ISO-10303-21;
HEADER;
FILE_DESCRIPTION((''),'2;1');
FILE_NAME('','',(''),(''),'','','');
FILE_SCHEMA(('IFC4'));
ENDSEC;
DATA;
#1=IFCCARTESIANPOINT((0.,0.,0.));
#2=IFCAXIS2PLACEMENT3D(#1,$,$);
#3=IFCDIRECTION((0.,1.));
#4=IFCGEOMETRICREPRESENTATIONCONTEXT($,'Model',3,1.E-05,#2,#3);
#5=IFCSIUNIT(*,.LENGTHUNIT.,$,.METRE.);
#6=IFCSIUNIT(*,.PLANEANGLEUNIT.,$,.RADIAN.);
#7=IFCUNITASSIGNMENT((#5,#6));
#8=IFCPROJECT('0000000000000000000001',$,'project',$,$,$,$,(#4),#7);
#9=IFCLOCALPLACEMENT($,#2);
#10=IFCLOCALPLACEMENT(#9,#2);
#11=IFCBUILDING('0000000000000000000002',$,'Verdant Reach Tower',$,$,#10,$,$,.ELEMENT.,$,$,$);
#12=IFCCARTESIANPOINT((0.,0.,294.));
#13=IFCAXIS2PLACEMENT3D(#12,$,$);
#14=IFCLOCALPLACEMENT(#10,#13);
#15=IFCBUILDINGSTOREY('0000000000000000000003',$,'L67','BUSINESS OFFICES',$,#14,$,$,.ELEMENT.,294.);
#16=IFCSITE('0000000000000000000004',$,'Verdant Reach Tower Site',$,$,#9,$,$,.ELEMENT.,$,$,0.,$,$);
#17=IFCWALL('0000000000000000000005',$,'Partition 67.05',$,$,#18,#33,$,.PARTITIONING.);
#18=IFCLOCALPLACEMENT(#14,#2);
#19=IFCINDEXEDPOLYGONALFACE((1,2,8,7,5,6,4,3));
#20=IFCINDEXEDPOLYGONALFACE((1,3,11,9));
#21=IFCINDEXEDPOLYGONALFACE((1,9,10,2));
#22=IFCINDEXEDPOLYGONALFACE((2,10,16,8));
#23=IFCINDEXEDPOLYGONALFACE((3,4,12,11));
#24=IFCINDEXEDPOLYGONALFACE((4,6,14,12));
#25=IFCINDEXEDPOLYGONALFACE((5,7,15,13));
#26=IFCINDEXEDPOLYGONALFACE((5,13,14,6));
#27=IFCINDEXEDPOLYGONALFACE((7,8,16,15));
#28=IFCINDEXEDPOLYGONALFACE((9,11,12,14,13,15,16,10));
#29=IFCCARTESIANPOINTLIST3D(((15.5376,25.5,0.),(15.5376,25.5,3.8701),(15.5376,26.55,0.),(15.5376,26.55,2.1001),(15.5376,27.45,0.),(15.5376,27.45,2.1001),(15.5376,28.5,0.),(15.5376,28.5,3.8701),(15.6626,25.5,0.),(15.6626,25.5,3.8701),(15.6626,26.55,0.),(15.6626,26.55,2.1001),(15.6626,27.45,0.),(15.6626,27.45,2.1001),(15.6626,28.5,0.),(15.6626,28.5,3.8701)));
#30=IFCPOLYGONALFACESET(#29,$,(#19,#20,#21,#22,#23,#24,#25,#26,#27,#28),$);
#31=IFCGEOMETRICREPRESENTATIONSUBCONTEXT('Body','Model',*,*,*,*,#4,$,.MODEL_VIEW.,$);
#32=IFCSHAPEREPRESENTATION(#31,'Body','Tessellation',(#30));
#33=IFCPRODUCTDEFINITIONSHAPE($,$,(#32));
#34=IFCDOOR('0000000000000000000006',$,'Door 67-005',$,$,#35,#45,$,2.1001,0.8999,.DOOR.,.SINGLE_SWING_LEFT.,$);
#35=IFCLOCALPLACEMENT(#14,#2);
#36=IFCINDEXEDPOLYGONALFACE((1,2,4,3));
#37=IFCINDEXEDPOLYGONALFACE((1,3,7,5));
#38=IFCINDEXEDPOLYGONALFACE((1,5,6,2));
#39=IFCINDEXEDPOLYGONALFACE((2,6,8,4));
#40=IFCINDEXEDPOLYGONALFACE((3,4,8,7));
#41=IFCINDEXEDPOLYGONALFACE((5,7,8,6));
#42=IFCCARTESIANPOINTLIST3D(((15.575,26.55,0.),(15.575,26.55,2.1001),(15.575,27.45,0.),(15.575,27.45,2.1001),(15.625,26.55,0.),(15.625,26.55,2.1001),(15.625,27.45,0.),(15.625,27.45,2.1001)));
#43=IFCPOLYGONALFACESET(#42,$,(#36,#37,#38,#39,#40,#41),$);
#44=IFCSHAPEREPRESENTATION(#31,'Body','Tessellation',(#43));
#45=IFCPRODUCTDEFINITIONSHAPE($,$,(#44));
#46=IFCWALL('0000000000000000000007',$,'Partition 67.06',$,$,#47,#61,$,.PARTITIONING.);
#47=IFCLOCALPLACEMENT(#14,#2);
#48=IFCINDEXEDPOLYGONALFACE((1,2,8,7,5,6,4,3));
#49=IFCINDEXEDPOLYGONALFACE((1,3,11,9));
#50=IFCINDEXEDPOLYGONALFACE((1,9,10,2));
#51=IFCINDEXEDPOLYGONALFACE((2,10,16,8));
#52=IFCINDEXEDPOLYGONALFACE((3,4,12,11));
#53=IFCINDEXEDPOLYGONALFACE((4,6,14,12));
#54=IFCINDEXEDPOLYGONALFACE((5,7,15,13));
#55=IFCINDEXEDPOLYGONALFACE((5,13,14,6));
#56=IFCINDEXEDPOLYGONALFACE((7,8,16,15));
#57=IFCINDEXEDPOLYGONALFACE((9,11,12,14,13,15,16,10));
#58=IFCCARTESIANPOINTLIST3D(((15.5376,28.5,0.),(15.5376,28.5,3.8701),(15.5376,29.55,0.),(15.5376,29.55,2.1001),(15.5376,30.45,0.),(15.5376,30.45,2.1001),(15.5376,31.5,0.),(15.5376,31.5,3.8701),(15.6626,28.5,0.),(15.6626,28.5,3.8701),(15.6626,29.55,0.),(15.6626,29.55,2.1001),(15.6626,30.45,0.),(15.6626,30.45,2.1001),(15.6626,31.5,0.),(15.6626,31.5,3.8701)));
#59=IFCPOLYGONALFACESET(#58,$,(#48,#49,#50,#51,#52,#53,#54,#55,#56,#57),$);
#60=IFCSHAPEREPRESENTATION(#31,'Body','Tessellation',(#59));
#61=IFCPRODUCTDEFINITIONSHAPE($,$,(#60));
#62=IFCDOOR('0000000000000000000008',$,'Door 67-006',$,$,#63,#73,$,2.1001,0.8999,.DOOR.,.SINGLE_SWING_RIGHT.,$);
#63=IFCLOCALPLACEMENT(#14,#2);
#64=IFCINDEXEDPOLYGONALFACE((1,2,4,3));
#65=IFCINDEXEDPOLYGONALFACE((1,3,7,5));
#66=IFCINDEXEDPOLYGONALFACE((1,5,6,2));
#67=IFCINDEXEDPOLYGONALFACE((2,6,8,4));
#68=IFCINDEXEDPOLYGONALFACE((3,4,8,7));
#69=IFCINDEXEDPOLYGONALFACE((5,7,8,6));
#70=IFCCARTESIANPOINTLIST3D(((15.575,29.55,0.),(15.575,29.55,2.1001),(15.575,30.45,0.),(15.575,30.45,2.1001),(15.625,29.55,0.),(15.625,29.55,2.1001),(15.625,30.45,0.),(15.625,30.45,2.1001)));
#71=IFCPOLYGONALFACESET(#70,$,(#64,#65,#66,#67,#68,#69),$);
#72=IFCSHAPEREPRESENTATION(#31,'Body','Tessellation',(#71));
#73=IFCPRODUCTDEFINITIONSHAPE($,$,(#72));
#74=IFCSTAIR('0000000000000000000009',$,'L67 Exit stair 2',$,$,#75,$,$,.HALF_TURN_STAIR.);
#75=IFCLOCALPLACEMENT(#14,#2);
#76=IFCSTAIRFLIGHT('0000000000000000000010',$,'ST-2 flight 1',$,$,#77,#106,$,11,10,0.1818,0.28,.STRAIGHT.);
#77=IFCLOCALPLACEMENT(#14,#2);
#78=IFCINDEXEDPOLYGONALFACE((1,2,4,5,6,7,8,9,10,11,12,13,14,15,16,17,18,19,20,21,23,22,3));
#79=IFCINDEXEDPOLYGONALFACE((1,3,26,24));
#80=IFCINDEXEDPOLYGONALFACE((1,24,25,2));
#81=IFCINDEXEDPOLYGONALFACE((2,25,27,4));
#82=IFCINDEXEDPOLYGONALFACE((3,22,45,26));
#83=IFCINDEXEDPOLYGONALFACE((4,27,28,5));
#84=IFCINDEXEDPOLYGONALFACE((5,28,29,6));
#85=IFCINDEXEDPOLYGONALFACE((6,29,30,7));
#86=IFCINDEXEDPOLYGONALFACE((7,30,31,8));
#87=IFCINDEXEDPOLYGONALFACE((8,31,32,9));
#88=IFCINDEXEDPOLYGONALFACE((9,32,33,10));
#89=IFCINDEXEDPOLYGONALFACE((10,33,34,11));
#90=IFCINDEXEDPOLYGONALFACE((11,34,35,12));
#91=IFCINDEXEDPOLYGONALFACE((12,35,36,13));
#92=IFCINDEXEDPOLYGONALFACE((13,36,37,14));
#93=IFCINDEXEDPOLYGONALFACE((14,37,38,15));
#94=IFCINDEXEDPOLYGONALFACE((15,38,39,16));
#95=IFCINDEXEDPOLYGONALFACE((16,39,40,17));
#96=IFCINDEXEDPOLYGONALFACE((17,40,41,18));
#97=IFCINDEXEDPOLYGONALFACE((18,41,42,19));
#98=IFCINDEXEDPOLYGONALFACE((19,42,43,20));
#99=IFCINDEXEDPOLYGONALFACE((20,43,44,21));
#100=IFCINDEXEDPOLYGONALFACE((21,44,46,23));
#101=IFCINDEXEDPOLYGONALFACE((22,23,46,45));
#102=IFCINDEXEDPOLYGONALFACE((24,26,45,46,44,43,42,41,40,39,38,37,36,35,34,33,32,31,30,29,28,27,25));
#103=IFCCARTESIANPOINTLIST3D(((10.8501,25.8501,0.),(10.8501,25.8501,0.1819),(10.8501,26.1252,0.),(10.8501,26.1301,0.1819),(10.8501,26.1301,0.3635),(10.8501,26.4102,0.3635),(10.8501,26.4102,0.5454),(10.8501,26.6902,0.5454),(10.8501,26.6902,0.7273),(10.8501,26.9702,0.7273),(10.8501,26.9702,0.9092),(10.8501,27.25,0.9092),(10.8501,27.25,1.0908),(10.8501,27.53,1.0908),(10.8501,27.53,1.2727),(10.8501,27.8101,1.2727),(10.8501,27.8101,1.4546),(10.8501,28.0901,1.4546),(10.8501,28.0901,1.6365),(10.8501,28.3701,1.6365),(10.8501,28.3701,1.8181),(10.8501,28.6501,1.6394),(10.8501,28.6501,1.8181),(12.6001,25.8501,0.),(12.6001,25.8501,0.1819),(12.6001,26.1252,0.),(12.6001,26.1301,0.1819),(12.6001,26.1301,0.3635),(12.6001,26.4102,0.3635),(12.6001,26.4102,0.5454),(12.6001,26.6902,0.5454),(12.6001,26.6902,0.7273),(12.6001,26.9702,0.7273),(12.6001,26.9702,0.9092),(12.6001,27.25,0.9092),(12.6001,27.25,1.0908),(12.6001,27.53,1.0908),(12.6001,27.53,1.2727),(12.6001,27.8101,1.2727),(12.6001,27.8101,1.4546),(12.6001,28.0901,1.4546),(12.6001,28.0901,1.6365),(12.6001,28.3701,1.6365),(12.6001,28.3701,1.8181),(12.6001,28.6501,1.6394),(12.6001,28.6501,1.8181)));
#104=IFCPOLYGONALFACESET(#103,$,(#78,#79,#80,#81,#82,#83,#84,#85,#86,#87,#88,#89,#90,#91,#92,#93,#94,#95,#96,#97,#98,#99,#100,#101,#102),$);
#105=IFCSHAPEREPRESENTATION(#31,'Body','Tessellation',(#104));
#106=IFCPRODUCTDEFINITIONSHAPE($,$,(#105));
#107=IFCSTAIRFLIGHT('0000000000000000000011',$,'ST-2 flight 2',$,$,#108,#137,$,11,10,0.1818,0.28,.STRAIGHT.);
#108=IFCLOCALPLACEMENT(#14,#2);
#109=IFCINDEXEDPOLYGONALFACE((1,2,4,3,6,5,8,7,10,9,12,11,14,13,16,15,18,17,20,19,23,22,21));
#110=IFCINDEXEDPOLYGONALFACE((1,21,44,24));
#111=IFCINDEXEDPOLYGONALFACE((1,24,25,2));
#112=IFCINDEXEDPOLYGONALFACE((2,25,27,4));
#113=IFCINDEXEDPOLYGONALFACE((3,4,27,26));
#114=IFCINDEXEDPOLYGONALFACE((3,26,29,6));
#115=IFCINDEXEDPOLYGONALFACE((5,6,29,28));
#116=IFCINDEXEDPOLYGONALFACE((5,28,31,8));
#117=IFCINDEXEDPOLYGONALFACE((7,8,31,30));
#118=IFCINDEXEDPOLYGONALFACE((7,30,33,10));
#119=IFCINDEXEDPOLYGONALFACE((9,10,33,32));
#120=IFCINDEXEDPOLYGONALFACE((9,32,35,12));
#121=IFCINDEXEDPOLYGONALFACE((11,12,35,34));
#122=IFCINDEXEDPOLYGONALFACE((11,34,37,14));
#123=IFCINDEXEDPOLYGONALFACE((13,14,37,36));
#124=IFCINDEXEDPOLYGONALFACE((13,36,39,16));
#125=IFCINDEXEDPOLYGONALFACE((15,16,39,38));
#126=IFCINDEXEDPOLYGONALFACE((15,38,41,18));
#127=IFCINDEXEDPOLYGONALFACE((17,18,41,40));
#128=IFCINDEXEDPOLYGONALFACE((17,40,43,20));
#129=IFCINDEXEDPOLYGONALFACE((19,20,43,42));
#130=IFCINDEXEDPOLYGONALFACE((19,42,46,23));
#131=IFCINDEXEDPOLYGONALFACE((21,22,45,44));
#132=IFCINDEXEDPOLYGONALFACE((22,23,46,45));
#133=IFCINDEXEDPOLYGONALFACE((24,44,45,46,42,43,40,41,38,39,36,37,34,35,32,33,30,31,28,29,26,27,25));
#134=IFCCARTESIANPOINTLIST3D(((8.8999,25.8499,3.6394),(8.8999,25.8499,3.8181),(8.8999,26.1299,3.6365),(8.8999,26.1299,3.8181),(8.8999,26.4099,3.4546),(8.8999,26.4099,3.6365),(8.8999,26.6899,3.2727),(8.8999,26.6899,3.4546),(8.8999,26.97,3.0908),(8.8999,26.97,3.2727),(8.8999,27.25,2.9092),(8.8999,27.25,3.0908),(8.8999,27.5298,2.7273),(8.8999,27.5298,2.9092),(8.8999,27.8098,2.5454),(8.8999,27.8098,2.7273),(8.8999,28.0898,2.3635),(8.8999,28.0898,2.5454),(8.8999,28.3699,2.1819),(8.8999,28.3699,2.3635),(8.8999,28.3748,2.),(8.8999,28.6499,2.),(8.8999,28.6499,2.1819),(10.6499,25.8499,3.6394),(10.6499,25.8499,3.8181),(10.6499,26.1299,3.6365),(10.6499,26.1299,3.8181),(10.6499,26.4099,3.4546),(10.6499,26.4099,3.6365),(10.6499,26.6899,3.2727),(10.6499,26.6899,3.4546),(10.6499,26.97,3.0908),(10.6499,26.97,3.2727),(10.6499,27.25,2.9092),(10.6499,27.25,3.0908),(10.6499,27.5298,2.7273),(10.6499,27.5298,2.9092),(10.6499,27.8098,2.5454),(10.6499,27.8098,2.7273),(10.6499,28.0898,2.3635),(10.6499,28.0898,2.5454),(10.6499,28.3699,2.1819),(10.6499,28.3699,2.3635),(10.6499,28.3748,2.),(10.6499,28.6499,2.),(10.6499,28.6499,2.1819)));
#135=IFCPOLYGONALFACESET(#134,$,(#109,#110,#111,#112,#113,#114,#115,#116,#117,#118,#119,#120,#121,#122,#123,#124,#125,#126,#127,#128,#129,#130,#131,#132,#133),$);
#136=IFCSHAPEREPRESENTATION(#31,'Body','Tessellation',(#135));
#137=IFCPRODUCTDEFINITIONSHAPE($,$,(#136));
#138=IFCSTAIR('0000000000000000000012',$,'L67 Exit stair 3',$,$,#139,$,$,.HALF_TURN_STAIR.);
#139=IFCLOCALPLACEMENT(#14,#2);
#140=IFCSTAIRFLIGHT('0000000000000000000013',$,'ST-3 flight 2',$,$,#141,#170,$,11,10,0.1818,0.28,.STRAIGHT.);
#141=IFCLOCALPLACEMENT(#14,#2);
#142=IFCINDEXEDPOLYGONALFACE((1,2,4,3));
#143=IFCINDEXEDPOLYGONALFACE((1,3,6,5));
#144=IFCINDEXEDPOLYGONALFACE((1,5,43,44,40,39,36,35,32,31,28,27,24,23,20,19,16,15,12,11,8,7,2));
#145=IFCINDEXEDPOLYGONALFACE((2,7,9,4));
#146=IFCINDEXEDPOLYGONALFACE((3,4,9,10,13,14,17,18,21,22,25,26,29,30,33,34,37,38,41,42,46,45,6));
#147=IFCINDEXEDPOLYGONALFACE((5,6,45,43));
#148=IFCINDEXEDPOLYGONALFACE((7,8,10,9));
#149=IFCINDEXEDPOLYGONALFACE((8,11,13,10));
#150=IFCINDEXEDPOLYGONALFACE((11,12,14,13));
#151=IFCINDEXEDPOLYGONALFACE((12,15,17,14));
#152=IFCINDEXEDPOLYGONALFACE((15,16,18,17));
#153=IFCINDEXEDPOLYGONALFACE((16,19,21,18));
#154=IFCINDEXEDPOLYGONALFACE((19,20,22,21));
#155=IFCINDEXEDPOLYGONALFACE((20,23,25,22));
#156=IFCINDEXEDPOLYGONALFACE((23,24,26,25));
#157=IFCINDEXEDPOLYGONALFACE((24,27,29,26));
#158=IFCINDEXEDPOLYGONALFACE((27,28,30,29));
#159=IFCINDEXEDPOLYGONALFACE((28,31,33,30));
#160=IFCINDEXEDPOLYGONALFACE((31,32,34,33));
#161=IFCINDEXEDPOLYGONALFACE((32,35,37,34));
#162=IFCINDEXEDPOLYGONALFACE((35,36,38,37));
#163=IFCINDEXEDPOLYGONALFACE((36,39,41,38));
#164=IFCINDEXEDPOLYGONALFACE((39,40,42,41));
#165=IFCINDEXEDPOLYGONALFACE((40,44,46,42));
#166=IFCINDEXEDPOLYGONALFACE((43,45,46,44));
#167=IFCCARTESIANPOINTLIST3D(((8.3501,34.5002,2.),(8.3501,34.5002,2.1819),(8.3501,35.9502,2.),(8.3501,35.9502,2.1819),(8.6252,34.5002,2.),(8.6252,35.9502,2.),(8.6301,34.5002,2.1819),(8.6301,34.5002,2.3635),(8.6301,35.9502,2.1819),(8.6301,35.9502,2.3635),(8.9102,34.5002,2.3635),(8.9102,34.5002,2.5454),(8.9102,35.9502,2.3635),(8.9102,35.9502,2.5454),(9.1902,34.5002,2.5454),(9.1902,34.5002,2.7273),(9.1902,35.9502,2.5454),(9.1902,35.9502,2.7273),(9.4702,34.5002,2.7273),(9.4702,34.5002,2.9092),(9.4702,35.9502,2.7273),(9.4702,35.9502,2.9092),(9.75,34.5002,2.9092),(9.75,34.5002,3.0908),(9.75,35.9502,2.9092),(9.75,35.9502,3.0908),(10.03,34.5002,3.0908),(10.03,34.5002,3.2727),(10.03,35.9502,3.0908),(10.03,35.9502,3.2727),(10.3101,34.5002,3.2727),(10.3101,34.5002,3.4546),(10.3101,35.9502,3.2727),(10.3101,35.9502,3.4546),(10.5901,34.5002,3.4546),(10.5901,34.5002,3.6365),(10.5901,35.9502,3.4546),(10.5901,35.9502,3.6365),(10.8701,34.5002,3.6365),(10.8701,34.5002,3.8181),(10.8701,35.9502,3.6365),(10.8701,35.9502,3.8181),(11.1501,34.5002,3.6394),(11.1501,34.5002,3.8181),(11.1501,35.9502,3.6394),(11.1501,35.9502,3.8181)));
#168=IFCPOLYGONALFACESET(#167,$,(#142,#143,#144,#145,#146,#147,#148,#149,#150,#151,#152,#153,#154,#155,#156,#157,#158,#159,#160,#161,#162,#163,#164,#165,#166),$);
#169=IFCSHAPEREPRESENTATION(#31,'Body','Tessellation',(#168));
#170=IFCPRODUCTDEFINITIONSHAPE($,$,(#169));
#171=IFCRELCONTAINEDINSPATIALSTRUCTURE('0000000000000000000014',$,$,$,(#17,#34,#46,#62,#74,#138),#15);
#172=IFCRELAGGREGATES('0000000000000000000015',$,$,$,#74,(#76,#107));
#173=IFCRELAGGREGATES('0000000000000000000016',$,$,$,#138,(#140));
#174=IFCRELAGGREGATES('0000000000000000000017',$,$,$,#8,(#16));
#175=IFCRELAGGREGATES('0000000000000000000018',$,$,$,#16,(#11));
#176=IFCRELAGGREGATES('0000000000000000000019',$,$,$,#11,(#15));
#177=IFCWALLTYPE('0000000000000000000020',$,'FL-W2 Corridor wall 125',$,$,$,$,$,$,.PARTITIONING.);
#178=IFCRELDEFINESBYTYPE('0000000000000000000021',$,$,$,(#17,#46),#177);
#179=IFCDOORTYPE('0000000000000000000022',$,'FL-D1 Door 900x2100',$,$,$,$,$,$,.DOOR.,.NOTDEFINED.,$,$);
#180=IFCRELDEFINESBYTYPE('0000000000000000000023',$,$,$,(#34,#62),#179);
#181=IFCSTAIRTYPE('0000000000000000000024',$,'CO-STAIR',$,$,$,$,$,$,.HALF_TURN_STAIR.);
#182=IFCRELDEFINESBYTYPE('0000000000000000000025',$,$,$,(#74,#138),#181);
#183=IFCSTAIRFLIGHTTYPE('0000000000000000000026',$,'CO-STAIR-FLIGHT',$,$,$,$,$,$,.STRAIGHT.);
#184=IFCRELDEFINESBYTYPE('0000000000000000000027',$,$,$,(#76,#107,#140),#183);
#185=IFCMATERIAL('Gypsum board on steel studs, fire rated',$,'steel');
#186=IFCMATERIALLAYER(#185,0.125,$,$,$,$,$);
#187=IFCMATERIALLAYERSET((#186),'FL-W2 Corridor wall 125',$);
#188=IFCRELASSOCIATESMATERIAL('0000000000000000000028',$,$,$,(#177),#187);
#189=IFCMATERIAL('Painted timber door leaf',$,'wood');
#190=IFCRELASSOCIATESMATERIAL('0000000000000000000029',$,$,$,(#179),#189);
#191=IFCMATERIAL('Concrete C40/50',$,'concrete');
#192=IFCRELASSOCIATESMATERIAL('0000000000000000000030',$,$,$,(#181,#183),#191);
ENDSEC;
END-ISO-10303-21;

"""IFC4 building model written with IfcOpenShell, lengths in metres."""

from ifc_helpers import new_model, si_unit, direction, frame, frame_2d, origin, place, context, subcontext, project, spatial, polyline, rectangle, outline, extrude, material, layer, layer_set, type_object, element, fill, aggregate, save


model = new_model("IFC4")

# Units and contexts
model_context = context("Model", 3, precision=1e-05, world=origin(), true_north=direction((0.0, 1.0)))
body_context = subcontext(model_context, "Body", "Model", "MODEL_VIEW")
ifc_project = project(units=[si_unit("LENGTHUNIT", "METRE"), si_unit("PLANEANGLEUNIT", "RADIAN")], contexts=[model_context])

# Site, building, storey
site_placement = place(None, origin())
site = spatial("IfcSite", under=ifc_project, at=site_placement, Name="Verdant Reach Tower Site", CompositionType="ELEMENT", RefElevation=0.0)
building_placement = place(site_placement, origin())
building = spatial("IfcBuilding", under=site, at=building_placement, Name="Verdant Reach Tower", CompositionType="ELEMENT")
storey_placement = place(building_placement, frame((0.0, 0.0, 294.0)))
storey = spatial("IfcBuildingStorey", under=building, at=storey_placement, Name="L67", Description="BUSINESS OFFICES", CompositionType="ELEMENT", Elevation=294.0)

# Shared definitions
ifc_material_1 = material(Name="Concrete C40/50", Category="concrete")

# Walls, openings, doors
ifc_material_2 = material(Name="Gypsum board on steel studs, fire rated", Category="steel")
ifc_layer_1 = layer(ifc_material_2, 0.125)
ifc_layer_set_1 = layer_set([ifc_layer_1], Name="FL-W2 Corridor wall 125")
wall_type_1 = type_object("IfcWallType", Name="FL-W2 Corridor wall 125", PredefinedType="PARTITIONING", material=ifc_layer_set_1)
wall_1_placement = place(storey_placement, frame((15.6001, 28.5, 0.0), z_axis=(0.0, 0.0, 1.0), x_axis=(0.0, -1.0, 0.0)))
wall_1 = element("IfcWall", 1, at=wall_1_placement, inside=storey, type_object=wall_type_1, Name="Partition 67.05", PredefinedType="PARTITIONING", context=body_context, shape_type="SweptSolid", body=[
    extrude(rectangle(XDim=3.0, YDim=0.125, at=frame_2d((1.5, 0.0))), origin(), (0.0, 0.0, 1.0), 3.8701),
])
opening_1_placement = place(wall_1_placement, frame((1.05, 0.0, 0.0)))
opening_1 = element("IfcOpeningElement", 2, at=opening_1_placement, cuts=wall_1, PredefinedType="OPENING", context=body_context, shape_type="SweptSolid", body=[
    extrude(rectangle(XDim=0.8999, YDim=2.1001, at=frame_2d((0.45, 1.05))), frame((0.0, 0.0725, 0.0), z_axis=(0.0, -1.0, 0.0), x_axis=(1.0, 0.0, 0.0)), (0.0, 0.0, 1.0), 0.145),
])
ifc_material_3 = material(Name="Painted timber door leaf", Category="wood")
door_type_1 = type_object("IfcDoorType", Name="FL-D1 Door 900x2100", OperationType="NOTDEFINED", PredefinedType="DOOR", material=ifc_material_3)
door_1_placement = place(opening_1_placement, origin())
door_1 = element("IfcDoor", 3, at=door_1_placement, inside=storey, type_object=door_type_1, Name="Door 67-005", OperationType="SINGLE_SWING_LEFT", OverallHeight=2.1001, OverallWidth=0.8999, PredefinedType="DOOR", context=body_context, shape_type="SweptSolid", body=[
    extrude(rectangle(XDim=0.8999, YDim=2.1001, at=frame_2d((0.45, 1.05))), frame((0.0, 0.0249, 0.0), z_axis=(0.0, -1.0, 0.0), x_axis=(1.0, 0.0, 0.0)), (0.0, 0.0, 1.0), 0.05),
])
fill(opening_1, door_1)
wall_2_placement = place(storey_placement, frame((15.6001, 31.5, 0.0), z_axis=(0.0, 0.0, 1.0), x_axis=(0.0, -1.0, 0.0)))
wall_2 = element("IfcWall", 4, at=wall_2_placement, inside=storey, type_object=wall_type_1, Name="Partition 67.06", PredefinedType="PARTITIONING", context=body_context, shape_type="SweptSolid", body=[
    extrude(rectangle(XDim=3.0, YDim=0.125, at=frame_2d((1.5, 0.0))), origin(), (0.0, 0.0, 1.0), 3.8701),
])
opening_2_placement = place(wall_2_placement, frame((1.05, 0.0, 0.0)))
opening_2 = element("IfcOpeningElement", 5, at=opening_2_placement, cuts=wall_2, PredefinedType="OPENING", context=body_context, shape_type="SweptSolid", body=[
    extrude(rectangle(XDim=0.8999, YDim=2.1001, at=frame_2d((0.45, 1.05))), frame((0.0, 0.0725, 0.0), z_axis=(0.0, -1.0, 0.0), x_axis=(1.0, 0.0, 0.0)), (0.0, 0.0, 1.0), 0.145),
])
door_2_placement = place(opening_2_placement, origin())
door_2 = element("IfcDoor", 6, at=door_2_placement, inside=storey, type_object=door_type_1, Name="Door 67-006", OperationType="SINGLE_SWING_RIGHT", OverallHeight=2.1001, OverallWidth=0.8999, PredefinedType="DOOR", context=body_context, shape_type="SweptSolid", body=[
    extrude(rectangle(XDim=0.8999, YDim=2.1001, at=frame_2d((0.45, 1.05))), frame((0.0, 0.0249, 0.0), z_axis=(0.0, -1.0, 0.0), x_axis=(1.0, 0.0, 0.0)), (0.0, 0.0, 1.0), 0.05),
])
fill(opening_2, door_2)

# Stair, stair flights
stair_type = type_object("IfcStairType", Name="CO-STAIR", PredefinedType="HALF_TURN_STAIR", material=ifc_material_1)
stair_1_placement = place(storey_placement, origin())
stair_1 = element("IfcStair", 7, at=stair_1_placement, inside=storey, type_object=stair_type, Name="L67 Exit stair 2", PredefinedType="HALF_TURN_STAIR")
stair_flight_type = type_object("IfcStairFlightType", Name="CO-STAIR-FLIGHT", PredefinedType="STRAIGHT", material=ifc_material_1)
stair_flight_1_placement = place(storey_placement, frame((11.7251, 25.8501, 0.0), z_axis=(0.0, 0.0, 1.0), x_axis=(0.0, 1.0, 0.0)))
stair_flight_1 = element("IfcStairFlight", 8, at=stair_flight_1_placement, type_object=stair_flight_type, Name="ST-2 flight 1", NumberOfRisers=11, NumberOfTreads=10, PredefinedType="STRAIGHT", RiserHeight=0.1818, TreadLength=0.28, context=body_context, shape_type="SweptSolid", body=[
    extrude(outline(polyline([(0.0, 0.0), (0.0, 0.1819), (0.28, 0.1819), (0.28, 0.3635), (0.5601, 0.3635), (0.5601, 0.5454), (0.8401, 0.5454), (0.8401, 0.7273), (1.1201, 0.7273), (1.1201, 0.9092), (1.3999, 0.9092), (1.3999, 1.0908), (1.6799, 1.0908), (1.6799, 1.2727), (1.96, 1.2727), (1.96, 1.4546), (2.24, 1.4546), (2.24, 1.6365), (2.52, 1.6365), (2.52, 1.8181), (2.8, 1.8181), (2.8, 2.0), (2.8, 1.6394), (0.2751, 0.0), (0.0, 0.0)])), frame((0.0, 0.875, 0.0), z_axis=(0.0, -1.0, 0.0), x_axis=(1.0, 0.0, 0.0)), (0.0, 0.0, 1.0), 1.75),
])
stair_flight_2_placement = place(storey_placement, frame((9.7749, 28.6499, 2.0), z_axis=(0.0, 0.0, 1.0), x_axis=(0.0, -1.0, 0.0)))
stair_flight_2 = element("IfcStairFlight", 9, at=stair_flight_2_placement, type_object=stair_flight_type, Name="ST-2 flight 2", NumberOfRisers=11, NumberOfTreads=10, PredefinedType="STRAIGHT", RiserHeight=0.1818, TreadLength=0.28, context=body_context, shape_type="SweptSolid", body=[
    extrude(outline(polyline([(0.0, 0.0), (0.0, 0.1819), (0.28, 0.1819), (0.28, 0.3635), (0.5601, 0.3635), (0.5601, 0.5454), (0.8401, 0.5454), (0.8401, 0.7273), (1.1201, 0.7273), (1.1201, 0.9092), (1.3999, 0.9092), (1.3999, 1.0908), (1.6799, 1.0908), (1.6799, 1.2727), (1.96, 1.2727), (1.96, 1.4546), (2.24, 1.4546), (2.24, 1.6365), (2.52, 1.6365), (2.52, 1.8181), (2.8, 1.8181), (2.8, 2.0), (2.8, 1.6394), (0.2751, 0.0), (0.0, 0.0)])), frame((0.0, 0.875, 0.0), z_axis=(0.0, -1.0, 0.0), x_axis=(1.0, 0.0, 0.0)), (0.0, 0.0, 1.0), 1.75),
])
aggregate(stair_1, [stair_flight_1, stair_flight_2])

# Stair, stair flight
stair_2_placement = place(storey_placement, origin())
stair_2 = element("IfcStair", 10, at=stair_2_placement, inside=storey, type_object=stair_type, Name="L67 Exit stair 3", PredefinedType="HALF_TURN_STAIR")
stair_flight_3_placement = place(storey_placement, frame((8.3501, 35.2251, 2.0), z_axis=(0.0, 0.0, 1.0), x_axis=(1.0, 0.0, 0.0)))
stair_flight_3 = element("IfcStairFlight", 11, at=stair_flight_3_placement, type_object=stair_flight_type, Name="ST-3 flight 2", NumberOfRisers=11, NumberOfTreads=10, PredefinedType="STRAIGHT", RiserHeight=0.1818, TreadLength=0.28, context=body_context, shape_type="SweptSolid", body=[
    extrude(outline(polyline([(0.0, 0.0), (0.0, 0.1819), (0.28, 0.1819), (0.28, 0.3635), (0.5601, 0.3635), (0.5601, 0.5454), (0.8401, 0.5454), (0.8401, 0.7273), (1.1201, 0.7273), (1.1201, 0.9092), (1.3999, 0.9092), (1.3999, 1.0908), (1.6799, 1.0908), (1.6799, 1.2727), (1.96, 1.2727), (1.96, 1.4546), (2.24, 1.4546), (2.24, 1.6365), (2.52, 1.6365), (2.52, 1.8181), (2.8, 1.8181), (2.8, 2.0), (2.8, 1.6394), (0.2751, 0.0), (0.0, 0.0)])), frame((0.0, 0.7251, 0.0), z_axis=(0.0, -1.0, 0.0), x_axis=(1.0, 0.0, 0.0)), (0.0, 0.0, 1.0), 1.45),
])
aggregate(stair_2, [stair_flight_3])

save(model, "model.ifc")
